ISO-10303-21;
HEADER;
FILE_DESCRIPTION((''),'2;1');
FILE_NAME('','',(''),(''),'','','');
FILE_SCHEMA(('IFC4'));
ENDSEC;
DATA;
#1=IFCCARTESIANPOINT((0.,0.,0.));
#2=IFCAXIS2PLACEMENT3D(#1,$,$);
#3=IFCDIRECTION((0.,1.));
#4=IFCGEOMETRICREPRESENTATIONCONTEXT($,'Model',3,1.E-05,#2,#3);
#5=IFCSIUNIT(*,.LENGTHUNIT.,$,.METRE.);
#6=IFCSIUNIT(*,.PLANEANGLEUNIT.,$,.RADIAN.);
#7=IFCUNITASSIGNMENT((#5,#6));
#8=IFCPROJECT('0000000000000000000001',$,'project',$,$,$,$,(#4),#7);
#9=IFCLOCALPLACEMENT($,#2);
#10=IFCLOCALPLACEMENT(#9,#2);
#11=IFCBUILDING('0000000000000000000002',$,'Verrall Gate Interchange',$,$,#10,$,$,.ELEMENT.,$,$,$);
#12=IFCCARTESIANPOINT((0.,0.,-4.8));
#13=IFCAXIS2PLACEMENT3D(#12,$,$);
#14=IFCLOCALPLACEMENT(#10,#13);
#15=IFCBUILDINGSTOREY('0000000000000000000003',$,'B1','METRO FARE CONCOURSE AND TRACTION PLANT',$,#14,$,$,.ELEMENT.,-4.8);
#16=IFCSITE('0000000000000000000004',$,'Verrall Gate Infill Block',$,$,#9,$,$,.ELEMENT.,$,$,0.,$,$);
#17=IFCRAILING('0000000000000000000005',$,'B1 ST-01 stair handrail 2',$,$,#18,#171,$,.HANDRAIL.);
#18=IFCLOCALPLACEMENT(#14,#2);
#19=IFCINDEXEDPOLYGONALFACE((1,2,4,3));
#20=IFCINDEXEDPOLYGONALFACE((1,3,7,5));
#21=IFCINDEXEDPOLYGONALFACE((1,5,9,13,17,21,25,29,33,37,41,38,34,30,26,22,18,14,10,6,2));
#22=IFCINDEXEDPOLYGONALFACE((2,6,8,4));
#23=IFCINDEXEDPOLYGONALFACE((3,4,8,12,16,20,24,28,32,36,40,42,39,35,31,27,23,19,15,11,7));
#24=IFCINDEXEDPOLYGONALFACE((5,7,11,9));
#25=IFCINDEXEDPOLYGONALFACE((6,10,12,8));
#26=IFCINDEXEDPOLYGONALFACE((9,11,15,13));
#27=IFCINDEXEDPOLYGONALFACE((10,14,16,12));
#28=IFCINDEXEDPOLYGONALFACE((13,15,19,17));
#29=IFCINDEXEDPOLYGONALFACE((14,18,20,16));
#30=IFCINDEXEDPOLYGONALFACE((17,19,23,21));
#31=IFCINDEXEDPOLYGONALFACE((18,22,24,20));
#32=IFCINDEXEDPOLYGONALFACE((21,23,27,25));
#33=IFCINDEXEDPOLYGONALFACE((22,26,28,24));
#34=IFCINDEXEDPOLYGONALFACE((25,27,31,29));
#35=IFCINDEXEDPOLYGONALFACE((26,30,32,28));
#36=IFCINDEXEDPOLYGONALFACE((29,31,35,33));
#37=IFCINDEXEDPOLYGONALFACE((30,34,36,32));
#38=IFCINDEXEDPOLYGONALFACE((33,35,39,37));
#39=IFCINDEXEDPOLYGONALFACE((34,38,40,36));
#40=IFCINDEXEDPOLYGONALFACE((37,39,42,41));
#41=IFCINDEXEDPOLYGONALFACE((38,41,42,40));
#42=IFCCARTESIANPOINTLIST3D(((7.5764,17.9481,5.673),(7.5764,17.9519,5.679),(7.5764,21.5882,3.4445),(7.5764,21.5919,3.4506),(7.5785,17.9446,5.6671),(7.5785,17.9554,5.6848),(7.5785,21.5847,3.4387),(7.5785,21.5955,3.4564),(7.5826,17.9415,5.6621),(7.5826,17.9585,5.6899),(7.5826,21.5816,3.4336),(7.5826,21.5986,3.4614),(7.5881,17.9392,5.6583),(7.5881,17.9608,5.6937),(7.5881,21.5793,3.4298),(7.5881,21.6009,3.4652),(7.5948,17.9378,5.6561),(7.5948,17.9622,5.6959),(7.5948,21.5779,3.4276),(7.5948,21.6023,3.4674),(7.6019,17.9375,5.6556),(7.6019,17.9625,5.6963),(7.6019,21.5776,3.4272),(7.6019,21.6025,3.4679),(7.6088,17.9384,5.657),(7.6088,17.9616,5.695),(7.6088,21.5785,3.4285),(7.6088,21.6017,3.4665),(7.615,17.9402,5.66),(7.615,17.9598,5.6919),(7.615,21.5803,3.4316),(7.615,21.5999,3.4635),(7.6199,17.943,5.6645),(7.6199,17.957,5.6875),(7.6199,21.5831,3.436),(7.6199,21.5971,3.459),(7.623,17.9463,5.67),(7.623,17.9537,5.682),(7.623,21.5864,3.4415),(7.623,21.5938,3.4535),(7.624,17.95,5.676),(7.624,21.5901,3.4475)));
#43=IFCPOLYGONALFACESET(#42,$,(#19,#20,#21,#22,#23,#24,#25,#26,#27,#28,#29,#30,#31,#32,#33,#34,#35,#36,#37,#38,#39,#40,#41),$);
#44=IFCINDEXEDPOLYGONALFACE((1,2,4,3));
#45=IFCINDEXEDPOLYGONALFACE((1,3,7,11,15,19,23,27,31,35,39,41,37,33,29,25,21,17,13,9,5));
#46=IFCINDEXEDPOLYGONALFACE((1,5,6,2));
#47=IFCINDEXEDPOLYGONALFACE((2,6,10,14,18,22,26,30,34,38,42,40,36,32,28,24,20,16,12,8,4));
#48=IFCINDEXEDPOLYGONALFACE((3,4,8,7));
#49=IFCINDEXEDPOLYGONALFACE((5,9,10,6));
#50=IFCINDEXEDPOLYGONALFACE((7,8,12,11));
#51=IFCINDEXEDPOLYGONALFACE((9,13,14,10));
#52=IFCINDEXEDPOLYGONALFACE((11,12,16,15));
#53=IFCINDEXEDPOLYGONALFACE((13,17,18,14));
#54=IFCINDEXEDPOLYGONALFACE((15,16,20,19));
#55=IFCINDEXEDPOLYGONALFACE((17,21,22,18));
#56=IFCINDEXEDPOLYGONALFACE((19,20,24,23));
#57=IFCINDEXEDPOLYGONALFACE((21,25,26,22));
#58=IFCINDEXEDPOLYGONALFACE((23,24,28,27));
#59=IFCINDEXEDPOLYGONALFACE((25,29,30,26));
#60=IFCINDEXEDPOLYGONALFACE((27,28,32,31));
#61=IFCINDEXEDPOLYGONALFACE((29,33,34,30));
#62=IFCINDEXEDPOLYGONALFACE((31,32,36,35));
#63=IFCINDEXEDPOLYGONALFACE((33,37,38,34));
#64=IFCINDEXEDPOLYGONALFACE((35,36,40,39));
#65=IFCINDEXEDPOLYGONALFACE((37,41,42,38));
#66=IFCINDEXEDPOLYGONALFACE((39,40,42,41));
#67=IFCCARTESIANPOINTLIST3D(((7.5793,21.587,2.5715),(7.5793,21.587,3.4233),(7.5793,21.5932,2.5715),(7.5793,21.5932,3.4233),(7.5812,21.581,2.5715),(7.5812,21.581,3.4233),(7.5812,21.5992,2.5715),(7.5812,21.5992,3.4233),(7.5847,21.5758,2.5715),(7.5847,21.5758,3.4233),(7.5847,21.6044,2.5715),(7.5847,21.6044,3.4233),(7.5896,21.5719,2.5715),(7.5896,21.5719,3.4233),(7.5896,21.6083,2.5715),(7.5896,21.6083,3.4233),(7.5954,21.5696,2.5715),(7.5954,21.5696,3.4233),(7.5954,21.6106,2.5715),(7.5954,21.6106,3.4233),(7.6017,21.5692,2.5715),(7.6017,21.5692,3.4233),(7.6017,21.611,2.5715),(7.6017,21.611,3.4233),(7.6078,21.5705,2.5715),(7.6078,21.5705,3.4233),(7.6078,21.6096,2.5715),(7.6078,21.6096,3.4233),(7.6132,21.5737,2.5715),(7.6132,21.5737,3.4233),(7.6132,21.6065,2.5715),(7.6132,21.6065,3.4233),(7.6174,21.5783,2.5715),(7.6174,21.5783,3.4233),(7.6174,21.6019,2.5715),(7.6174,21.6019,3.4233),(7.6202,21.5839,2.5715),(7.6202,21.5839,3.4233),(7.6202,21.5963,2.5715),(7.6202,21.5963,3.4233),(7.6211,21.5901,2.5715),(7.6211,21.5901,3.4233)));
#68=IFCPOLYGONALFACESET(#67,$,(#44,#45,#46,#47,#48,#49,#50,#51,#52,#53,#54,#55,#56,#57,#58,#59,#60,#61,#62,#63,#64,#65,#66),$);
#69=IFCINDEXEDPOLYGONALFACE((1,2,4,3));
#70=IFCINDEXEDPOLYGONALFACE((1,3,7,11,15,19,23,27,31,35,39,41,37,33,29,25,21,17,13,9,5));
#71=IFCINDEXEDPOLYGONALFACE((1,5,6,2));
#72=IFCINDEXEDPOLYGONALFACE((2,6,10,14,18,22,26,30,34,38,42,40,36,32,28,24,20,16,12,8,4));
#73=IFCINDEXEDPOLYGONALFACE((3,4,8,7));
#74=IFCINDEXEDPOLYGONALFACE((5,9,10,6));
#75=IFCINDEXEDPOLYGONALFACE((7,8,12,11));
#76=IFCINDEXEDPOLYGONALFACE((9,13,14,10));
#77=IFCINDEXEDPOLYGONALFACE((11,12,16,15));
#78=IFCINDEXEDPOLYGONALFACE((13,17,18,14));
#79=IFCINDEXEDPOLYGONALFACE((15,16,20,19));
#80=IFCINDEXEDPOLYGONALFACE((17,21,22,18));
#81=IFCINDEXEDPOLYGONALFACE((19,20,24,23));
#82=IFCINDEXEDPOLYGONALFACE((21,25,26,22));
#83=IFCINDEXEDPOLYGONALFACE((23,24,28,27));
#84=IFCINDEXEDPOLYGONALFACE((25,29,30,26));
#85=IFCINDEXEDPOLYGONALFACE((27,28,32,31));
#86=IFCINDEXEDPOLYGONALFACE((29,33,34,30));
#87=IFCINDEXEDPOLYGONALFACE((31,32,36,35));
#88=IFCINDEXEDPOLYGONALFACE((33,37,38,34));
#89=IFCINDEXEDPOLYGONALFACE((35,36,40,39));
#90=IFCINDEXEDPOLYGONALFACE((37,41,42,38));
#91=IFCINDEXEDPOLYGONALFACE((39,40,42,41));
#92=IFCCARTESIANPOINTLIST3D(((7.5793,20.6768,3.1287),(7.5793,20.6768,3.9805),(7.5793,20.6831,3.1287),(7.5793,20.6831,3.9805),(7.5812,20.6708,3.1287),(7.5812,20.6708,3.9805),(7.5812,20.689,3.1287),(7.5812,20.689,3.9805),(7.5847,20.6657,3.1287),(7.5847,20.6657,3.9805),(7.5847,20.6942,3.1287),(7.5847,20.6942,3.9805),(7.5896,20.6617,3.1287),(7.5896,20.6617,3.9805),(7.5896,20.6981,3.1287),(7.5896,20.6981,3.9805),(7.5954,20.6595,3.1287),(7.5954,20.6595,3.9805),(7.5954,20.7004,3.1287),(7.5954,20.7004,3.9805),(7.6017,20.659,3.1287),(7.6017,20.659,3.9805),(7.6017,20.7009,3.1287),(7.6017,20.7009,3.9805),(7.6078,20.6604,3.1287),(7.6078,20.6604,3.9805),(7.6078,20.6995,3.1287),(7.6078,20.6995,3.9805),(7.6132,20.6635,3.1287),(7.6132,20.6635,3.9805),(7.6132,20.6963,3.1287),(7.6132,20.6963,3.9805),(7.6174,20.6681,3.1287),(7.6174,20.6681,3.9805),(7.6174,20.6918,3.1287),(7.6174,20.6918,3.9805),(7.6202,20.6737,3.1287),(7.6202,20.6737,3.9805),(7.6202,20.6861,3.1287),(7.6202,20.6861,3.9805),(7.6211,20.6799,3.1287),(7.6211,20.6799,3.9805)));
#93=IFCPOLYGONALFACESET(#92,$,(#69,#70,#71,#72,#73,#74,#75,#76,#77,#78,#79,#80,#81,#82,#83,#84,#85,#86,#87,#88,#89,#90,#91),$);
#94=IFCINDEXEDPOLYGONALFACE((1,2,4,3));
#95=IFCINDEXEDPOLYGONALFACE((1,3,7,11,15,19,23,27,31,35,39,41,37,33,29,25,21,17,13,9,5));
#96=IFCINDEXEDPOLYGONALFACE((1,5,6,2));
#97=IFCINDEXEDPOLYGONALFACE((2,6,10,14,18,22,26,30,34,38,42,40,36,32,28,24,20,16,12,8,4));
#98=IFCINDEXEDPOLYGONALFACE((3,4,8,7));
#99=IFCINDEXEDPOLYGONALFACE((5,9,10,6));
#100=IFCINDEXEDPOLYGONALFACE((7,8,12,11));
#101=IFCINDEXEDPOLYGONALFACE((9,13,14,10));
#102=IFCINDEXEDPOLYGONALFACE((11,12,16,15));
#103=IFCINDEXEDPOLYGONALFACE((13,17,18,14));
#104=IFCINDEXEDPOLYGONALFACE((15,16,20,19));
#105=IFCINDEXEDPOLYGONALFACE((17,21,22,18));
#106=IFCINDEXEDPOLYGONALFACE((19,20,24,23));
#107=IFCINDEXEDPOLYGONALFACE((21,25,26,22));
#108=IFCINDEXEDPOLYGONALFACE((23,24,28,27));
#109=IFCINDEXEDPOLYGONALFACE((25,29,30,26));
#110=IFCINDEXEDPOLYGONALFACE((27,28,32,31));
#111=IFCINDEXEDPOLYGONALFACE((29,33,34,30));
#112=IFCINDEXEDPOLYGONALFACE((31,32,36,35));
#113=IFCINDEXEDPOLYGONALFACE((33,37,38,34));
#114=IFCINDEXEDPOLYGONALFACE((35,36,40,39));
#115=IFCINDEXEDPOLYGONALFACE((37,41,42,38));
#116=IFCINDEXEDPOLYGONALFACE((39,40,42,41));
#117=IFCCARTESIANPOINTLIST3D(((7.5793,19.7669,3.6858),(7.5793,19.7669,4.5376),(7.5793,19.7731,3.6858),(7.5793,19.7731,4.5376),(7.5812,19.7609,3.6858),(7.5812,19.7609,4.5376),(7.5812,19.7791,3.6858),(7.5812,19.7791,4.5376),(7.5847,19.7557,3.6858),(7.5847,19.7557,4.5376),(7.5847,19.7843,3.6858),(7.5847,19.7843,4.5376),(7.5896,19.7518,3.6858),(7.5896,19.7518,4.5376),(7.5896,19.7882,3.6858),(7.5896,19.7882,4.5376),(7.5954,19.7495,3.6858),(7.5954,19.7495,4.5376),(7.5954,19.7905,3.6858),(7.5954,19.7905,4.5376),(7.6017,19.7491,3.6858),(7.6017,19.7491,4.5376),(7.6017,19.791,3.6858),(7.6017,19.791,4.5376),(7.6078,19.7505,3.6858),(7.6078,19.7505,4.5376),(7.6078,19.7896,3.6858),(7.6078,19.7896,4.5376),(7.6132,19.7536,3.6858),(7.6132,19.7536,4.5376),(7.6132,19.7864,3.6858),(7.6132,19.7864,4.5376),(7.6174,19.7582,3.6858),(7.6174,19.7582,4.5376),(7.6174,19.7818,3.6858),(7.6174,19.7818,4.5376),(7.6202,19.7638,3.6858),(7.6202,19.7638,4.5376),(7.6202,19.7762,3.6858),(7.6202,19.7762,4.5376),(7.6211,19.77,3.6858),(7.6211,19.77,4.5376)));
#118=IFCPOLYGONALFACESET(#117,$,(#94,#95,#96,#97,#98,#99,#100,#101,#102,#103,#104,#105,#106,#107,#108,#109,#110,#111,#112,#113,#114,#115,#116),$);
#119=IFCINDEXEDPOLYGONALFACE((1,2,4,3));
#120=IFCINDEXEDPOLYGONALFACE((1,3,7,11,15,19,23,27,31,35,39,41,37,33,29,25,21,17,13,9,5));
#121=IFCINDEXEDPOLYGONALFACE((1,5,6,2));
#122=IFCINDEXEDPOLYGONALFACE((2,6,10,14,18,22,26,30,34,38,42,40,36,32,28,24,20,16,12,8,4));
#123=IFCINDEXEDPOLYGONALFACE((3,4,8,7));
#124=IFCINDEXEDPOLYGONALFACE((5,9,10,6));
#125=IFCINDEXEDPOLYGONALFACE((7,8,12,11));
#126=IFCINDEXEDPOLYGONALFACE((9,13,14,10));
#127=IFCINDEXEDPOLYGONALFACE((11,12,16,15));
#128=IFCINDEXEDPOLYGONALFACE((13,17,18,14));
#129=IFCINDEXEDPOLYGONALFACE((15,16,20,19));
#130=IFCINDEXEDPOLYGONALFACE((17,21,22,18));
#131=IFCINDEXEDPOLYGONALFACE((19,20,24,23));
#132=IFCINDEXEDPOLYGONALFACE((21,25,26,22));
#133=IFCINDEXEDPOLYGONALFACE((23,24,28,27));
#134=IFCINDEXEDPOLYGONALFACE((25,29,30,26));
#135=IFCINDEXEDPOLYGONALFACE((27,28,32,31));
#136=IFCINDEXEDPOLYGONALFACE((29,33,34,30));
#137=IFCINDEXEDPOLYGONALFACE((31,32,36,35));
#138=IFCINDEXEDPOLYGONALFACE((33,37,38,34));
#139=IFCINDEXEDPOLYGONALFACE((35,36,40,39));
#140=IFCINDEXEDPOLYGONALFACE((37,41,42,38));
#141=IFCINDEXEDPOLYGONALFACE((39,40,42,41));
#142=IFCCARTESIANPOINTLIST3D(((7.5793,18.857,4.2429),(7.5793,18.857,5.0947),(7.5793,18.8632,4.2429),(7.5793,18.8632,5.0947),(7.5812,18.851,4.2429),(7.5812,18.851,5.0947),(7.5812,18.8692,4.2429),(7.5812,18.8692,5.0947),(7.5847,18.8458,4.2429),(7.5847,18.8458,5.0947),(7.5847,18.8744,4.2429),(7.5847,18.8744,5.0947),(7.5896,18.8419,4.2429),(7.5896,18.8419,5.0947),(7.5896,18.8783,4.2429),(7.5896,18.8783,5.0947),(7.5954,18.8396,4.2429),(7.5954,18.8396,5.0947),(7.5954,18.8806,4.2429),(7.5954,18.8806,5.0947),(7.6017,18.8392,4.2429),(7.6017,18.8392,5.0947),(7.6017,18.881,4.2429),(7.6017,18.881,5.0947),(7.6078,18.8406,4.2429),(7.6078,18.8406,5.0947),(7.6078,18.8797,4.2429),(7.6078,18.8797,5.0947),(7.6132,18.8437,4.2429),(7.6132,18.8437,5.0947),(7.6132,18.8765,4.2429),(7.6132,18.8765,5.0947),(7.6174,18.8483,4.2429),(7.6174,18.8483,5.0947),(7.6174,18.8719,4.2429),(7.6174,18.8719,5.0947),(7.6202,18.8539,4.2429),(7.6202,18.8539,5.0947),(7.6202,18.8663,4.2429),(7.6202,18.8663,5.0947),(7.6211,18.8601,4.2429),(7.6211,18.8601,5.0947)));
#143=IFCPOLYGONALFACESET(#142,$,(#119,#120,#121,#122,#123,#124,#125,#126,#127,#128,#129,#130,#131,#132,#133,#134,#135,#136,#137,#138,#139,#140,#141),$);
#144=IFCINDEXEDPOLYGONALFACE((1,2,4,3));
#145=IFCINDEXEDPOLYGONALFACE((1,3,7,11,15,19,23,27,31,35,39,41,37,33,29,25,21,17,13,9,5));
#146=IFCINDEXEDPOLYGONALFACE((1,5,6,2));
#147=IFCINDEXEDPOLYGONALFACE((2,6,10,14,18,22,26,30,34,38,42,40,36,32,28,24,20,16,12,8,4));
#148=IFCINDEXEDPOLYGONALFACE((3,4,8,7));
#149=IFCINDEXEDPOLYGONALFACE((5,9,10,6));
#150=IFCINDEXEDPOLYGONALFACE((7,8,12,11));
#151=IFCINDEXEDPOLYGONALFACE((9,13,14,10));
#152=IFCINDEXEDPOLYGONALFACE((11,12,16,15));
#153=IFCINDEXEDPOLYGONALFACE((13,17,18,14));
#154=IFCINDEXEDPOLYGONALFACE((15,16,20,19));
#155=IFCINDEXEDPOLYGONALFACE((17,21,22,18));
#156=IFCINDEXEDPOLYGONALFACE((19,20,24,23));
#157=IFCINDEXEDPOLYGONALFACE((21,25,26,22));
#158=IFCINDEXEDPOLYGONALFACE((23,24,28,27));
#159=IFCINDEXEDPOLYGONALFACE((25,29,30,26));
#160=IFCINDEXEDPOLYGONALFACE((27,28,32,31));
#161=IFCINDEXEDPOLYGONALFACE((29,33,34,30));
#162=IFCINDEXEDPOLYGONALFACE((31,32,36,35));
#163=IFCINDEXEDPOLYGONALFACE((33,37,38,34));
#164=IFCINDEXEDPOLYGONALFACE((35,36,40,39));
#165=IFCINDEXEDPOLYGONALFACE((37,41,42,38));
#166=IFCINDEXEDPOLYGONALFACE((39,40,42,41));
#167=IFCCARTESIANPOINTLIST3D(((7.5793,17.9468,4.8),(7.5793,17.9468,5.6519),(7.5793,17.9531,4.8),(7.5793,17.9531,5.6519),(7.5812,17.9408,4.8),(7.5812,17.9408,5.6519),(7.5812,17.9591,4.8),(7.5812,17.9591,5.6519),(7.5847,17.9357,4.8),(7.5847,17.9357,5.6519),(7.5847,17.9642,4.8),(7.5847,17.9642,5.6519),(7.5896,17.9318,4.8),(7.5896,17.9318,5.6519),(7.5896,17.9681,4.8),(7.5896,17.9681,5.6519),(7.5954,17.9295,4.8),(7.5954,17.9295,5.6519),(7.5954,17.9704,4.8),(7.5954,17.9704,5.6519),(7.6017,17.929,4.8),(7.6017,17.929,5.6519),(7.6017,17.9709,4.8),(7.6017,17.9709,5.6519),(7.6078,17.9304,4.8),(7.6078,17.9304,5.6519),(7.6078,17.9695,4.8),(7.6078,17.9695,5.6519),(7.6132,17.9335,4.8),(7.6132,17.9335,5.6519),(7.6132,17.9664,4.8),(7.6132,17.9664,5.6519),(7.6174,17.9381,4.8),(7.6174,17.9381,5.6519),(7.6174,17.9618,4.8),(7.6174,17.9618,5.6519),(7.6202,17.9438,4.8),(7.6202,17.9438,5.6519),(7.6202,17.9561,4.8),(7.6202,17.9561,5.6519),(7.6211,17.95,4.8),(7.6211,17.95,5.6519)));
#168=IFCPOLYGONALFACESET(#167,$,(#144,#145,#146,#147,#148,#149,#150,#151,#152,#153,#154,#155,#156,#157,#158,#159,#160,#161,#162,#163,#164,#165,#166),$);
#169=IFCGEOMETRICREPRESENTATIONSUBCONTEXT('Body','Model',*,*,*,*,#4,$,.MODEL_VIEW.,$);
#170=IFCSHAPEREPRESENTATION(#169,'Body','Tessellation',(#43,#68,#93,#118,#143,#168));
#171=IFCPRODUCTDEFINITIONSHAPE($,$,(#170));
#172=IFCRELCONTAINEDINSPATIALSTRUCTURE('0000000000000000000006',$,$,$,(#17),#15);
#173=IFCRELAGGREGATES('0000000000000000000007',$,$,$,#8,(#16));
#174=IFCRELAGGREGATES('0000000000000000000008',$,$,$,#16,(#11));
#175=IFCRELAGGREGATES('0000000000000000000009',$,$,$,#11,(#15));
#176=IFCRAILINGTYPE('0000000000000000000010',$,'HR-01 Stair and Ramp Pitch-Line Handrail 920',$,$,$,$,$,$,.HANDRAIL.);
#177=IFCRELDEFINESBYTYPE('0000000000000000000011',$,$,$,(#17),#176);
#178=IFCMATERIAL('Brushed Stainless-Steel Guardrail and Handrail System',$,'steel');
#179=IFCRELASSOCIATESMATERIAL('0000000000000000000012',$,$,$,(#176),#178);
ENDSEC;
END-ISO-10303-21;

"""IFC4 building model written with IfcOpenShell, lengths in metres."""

from ifc_helpers import new_model, si_unit, direction, frame, origin, origin_2d, place, context, subcontext, project, spatial, circle, extrude, material, type_object, element, save


model = new_model("IFC4")

# Units and contexts
model_context = context("Model", 3, precision=1e-05, world=origin(), true_north=direction((0.0, 1.0)))
body_context = subcontext(model_context, "Body", "Model", "MODEL_VIEW")
ifc_project = project(units=[si_unit("LENGTHUNIT", "METRE"), si_unit("PLANEANGLEUNIT", "RADIAN")], contexts=[model_context])

# Site, building, storey
site_placement = place(None, origin())
site = spatial("IfcSite", under=ifc_project, at=site_placement, Name="Verrall Gate Infill Block", CompositionType="ELEMENT", RefElevation=0.0)
building_placement = place(site_placement, origin())
building = spatial("IfcBuilding", under=site, at=building_placement, Name="Verrall Gate Interchange", CompositionType="ELEMENT")
storey_placement = place(building_placement, frame((0.0, 0.0, -4.8)))
storey = spatial("IfcBuildingStorey", under=building, at=storey_placement, Name="B1", Description="METRO FARE CONCOURSE AND TRACTION PLANT", CompositionType="ELEMENT", Elevation=-4.8)

# Railing
ifc_material_1 = material(Name="Brushed Stainless-Steel Guardrail and Handrail System", Category="steel")
railing_type_1 = type_object("IfcRailingType", Name="HR-01 Stair and Ramp Pitch-Line Handrail 920", PredefinedType="HANDRAIL", material=ifc_material_1)
railing_1_placement = place(storey_placement, frame((7.6001, 21.5901, 2.5715)))
element("IfcRailing", 1, at=railing_1_placement, inside=storey, type_object=railing_type_1, Name="B1 ST-01 stair handrail 2", PredefinedType="HANDRAIL", context=body_context, shape_type="SweptSolid", body=[
    extrude(circle(Radius=0.0239, at=origin_2d()), frame((0.0, 0.0, 0.876), z_axis=(0.0, -0.852866, 0.52213), x_axis=(1.0, 0.0, 0.0)), (0.0, 0.0, 1.0), 4.2681),
    extrude(circle(Radius=0.021, at=origin_2d()), origin(), (0.0, 0.0, 1.0), 0.8518),
    extrude(circle(Radius=0.021, at=origin_2d()), frame((0.0, -0.9102, 0.5571)), (0.0, 0.0, 1.0), 0.8518),
    extrude(circle(Radius=0.021, at=origin_2d()), frame((0.0, -1.8201, 1.1143)), (0.0, 0.0, 1.0), 0.8518),
    extrude(circle(Radius=0.021, at=origin_2d()), frame((0.0, -2.73, 1.6714)), (0.0, 0.0, 1.0), 0.8518),
    extrude(circle(Radius=0.021, at=origin_2d()), frame((0.0, -3.6401, 2.2285)), (0.0, 0.0, 1.0), 0.8518),
])

save(model, "model.ifc")
